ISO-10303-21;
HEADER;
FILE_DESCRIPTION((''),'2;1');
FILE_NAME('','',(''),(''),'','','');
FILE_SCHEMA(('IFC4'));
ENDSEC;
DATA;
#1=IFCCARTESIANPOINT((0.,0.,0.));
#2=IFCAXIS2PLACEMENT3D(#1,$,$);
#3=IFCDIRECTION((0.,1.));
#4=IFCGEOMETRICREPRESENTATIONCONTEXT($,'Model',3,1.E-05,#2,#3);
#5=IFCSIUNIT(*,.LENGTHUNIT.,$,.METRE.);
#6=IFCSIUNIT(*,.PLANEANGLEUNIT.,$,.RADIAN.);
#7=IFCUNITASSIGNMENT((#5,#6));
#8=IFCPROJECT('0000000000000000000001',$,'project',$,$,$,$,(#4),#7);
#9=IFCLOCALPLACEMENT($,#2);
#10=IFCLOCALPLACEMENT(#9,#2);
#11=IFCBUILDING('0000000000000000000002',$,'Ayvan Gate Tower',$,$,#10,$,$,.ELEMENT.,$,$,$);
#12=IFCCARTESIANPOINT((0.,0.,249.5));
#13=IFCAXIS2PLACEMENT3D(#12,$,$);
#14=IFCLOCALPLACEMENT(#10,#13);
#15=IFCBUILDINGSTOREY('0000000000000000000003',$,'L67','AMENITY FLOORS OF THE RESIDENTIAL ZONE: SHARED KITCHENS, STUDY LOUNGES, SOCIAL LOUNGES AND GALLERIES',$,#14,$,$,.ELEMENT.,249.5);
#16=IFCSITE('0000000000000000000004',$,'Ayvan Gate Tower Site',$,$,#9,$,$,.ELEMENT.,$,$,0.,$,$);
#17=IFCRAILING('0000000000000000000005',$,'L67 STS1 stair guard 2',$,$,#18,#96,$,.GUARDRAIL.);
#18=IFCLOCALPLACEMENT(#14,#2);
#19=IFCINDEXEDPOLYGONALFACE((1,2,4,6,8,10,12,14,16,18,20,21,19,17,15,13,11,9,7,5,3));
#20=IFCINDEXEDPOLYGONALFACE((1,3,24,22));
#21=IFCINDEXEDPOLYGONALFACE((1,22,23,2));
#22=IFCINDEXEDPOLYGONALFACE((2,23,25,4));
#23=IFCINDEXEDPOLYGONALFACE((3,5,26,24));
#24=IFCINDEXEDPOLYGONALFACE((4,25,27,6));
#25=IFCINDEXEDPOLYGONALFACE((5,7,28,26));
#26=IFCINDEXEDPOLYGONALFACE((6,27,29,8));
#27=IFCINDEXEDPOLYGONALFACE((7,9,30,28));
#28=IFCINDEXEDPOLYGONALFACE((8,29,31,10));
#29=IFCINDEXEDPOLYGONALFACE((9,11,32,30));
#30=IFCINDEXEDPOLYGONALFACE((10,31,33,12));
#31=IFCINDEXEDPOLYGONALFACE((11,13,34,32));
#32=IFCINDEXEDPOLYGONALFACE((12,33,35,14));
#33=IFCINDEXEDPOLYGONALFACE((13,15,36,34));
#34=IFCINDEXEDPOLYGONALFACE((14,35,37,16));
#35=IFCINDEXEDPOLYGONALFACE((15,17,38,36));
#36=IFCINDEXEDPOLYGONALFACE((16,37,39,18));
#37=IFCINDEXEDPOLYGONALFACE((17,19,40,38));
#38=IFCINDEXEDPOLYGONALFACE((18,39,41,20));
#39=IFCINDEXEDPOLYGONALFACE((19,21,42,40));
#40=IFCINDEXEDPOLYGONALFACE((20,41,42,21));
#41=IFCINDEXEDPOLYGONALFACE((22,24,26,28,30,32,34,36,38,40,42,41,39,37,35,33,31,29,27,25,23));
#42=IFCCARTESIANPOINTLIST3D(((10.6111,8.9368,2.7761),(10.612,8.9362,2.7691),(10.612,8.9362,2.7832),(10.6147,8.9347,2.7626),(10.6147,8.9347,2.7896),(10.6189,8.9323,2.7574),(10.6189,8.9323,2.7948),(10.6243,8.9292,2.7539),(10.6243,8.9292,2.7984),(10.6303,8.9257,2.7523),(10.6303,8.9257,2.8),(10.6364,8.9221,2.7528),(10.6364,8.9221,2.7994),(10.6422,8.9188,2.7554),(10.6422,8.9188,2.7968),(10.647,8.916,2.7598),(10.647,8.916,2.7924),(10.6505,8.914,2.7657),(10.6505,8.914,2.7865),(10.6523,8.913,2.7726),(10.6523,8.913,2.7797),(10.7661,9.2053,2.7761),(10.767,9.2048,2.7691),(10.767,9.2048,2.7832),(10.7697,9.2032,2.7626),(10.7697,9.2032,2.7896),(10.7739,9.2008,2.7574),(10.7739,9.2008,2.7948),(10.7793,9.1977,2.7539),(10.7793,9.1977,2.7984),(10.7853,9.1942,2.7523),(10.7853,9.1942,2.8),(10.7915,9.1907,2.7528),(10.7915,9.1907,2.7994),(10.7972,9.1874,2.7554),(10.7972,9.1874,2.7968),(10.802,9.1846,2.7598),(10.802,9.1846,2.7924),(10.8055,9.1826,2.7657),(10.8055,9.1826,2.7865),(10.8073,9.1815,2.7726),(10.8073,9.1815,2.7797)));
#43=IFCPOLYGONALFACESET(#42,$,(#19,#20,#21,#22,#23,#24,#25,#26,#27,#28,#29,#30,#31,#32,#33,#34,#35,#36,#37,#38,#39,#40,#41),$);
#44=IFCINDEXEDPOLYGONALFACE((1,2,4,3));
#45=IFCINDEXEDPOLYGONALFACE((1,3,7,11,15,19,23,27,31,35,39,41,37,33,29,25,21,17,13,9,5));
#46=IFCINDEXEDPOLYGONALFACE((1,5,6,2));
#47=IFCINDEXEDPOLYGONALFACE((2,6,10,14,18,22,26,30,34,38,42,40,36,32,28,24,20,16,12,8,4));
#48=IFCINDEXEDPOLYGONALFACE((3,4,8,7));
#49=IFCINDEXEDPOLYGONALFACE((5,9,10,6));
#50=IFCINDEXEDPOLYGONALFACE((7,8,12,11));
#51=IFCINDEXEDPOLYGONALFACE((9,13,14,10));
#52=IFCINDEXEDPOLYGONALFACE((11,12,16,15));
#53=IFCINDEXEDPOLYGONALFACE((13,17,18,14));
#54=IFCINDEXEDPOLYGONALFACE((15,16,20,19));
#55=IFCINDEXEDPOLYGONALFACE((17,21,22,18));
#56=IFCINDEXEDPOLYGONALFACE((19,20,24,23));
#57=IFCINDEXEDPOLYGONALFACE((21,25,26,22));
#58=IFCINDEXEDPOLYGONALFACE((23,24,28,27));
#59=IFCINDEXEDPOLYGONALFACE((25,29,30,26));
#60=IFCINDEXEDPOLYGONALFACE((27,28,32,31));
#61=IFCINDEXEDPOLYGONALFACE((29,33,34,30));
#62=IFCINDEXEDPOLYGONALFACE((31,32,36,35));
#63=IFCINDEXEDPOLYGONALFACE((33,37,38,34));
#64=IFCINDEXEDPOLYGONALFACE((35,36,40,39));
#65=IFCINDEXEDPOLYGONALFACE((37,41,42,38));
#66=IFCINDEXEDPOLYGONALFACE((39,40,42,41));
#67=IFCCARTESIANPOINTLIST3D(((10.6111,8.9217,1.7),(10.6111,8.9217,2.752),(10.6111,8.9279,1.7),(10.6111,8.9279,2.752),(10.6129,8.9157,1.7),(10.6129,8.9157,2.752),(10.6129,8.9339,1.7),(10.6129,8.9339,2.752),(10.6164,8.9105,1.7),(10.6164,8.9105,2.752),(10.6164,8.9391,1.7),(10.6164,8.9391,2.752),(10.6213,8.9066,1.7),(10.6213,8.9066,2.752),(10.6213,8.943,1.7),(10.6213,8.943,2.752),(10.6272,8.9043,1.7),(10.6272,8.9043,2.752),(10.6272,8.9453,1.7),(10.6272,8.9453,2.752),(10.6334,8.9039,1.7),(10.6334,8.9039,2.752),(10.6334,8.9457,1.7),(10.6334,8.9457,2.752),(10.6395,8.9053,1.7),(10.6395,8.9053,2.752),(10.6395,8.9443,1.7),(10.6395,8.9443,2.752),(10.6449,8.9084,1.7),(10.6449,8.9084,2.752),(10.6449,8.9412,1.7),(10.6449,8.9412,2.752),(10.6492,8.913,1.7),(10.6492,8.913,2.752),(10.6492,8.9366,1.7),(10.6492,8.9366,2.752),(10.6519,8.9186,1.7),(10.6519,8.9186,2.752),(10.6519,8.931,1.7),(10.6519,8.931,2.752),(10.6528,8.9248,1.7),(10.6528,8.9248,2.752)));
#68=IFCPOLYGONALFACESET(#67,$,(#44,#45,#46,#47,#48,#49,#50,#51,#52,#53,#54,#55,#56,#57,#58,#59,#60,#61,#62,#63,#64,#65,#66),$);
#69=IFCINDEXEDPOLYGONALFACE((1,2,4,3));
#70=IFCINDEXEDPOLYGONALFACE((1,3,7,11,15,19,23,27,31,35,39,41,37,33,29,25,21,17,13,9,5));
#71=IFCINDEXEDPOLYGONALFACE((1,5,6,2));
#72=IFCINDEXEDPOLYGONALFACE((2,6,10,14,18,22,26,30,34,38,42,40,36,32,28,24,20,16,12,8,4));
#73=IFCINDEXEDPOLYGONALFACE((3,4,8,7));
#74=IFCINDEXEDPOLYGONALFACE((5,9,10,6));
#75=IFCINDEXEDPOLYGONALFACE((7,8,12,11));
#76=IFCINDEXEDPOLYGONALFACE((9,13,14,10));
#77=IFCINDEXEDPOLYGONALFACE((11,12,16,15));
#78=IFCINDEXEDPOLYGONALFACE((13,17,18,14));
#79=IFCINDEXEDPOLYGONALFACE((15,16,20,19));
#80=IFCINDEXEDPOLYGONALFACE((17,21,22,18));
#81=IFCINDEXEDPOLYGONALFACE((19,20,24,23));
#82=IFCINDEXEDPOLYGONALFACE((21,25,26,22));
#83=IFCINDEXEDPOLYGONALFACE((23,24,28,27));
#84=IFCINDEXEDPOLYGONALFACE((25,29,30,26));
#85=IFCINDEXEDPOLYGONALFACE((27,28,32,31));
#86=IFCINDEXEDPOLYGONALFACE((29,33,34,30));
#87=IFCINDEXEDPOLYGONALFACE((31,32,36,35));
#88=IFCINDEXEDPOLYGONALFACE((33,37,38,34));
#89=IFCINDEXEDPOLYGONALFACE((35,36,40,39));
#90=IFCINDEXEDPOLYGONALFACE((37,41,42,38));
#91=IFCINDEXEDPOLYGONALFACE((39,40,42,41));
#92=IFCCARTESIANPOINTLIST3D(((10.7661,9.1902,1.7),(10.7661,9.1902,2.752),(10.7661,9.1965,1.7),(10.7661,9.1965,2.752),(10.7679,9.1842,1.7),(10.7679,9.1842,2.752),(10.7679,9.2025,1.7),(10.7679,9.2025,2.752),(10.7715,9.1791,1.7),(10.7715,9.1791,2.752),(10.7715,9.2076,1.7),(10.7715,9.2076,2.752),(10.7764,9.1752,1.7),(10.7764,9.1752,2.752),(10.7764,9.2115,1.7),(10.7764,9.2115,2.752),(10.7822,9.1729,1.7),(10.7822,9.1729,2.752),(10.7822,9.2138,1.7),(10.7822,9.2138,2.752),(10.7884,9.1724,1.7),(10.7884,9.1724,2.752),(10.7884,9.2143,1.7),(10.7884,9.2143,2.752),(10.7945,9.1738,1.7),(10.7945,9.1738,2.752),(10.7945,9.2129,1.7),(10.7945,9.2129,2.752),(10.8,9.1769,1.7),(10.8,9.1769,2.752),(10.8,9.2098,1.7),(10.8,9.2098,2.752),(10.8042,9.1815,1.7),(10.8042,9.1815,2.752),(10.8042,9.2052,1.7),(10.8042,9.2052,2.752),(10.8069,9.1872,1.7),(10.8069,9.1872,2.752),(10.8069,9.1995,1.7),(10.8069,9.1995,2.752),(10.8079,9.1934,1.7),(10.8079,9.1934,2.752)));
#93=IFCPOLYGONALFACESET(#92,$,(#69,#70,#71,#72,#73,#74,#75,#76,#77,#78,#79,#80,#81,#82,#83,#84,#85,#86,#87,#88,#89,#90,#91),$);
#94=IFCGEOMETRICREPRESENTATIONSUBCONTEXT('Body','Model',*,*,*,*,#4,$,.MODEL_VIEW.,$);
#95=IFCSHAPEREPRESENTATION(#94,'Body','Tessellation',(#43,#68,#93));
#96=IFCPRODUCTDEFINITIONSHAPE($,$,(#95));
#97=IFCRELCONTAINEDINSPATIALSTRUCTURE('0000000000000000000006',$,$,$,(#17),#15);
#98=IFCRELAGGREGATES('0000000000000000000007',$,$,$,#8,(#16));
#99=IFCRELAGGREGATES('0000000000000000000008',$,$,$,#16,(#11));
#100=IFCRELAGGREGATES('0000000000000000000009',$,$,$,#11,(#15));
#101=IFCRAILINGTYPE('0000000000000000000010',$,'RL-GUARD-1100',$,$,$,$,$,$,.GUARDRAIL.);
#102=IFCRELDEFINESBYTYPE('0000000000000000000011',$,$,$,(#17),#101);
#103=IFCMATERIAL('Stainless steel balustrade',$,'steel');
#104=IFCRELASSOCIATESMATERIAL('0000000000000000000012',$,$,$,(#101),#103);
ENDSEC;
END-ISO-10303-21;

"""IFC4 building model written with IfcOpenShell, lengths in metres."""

from ifc_helpers import new_model, si_unit, direction, frame, origin, origin_2d, place, context, subcontext, project, spatial, circle, extrude, material, type_object, element, save


model = new_model("IFC4")

# Units and contexts
model_context = context("Model", 3, precision=1e-05, world=origin(), true_north=direction((0.0, 1.0)))
body_context = subcontext(model_context, "Body", "Model", "MODEL_VIEW")
ifc_project = project(units=[si_unit("LENGTHUNIT", "METRE"), si_unit("PLANEANGLEUNIT", "RADIAN")], contexts=[model_context])

# Site, building, storey
site_placement = place(None, origin())
site = spatial("IfcSite", under=ifc_project, at=site_placement, Name="Ayvan Gate Tower Site", CompositionType="ELEMENT", RefElevation=0.0)
building_placement = place(site_placement, origin())
building = spatial("IfcBuilding", under=site, at=building_placement, Name="Ayvan Gate Tower", CompositionType="ELEMENT")
storey_placement = place(building_placement, frame((0.0, 0.0, 249.5)))
storey = spatial("IfcBuildingStorey", under=building, at=storey_placement, Name="L67", Description="AMENITY FLOORS OF THE RESIDENTIAL ZONE: SHARED KITCHENS, STUDY LOUNGES, SOCIAL LOUNGES AND GALLERIES", CompositionType="ELEMENT", Elevation=249.5)

# Railing
ifc_material_1 = material(Name="Stainless steel balustrade", Category="steel")
railing_type_1 = type_object("IfcRailingType", Name="RL-GUARD-1100", PredefinedType="GUARDRAIL", material=ifc_material_1)
railing_1_placement = place(storey_placement, frame((10.6318, 8.9248, 1.7)))
element("IfcRailing", 1, at=railing_1_placement, inside=storey, type_object=railing_type_1, Name="L67 STS1 stair guard 2", PredefinedType="GUARDRAIL", context=body_context, shape_type="SweptSolid", body=[
    extrude(circle(Radius=0.0239, at=origin_2d()), frame((0.0, 0.0, 1.0762), z_axis=(0.49995, 0.866054, 0.0), x_axis=(-0.866054, 0.49995, 0.0)), (0.0, 0.0, 1.0), 0.3101),
    extrude(circle(Radius=0.021, at=origin_2d()), origin(), (0.0, 0.0, 1.0), 1.052),
    extrude(circle(Radius=0.021, at=origin_2d()), frame((0.155, 0.2686, 0.0)), (0.0, 0.0, 1.0), 1.052),
])

save(model, "model.ifc")
